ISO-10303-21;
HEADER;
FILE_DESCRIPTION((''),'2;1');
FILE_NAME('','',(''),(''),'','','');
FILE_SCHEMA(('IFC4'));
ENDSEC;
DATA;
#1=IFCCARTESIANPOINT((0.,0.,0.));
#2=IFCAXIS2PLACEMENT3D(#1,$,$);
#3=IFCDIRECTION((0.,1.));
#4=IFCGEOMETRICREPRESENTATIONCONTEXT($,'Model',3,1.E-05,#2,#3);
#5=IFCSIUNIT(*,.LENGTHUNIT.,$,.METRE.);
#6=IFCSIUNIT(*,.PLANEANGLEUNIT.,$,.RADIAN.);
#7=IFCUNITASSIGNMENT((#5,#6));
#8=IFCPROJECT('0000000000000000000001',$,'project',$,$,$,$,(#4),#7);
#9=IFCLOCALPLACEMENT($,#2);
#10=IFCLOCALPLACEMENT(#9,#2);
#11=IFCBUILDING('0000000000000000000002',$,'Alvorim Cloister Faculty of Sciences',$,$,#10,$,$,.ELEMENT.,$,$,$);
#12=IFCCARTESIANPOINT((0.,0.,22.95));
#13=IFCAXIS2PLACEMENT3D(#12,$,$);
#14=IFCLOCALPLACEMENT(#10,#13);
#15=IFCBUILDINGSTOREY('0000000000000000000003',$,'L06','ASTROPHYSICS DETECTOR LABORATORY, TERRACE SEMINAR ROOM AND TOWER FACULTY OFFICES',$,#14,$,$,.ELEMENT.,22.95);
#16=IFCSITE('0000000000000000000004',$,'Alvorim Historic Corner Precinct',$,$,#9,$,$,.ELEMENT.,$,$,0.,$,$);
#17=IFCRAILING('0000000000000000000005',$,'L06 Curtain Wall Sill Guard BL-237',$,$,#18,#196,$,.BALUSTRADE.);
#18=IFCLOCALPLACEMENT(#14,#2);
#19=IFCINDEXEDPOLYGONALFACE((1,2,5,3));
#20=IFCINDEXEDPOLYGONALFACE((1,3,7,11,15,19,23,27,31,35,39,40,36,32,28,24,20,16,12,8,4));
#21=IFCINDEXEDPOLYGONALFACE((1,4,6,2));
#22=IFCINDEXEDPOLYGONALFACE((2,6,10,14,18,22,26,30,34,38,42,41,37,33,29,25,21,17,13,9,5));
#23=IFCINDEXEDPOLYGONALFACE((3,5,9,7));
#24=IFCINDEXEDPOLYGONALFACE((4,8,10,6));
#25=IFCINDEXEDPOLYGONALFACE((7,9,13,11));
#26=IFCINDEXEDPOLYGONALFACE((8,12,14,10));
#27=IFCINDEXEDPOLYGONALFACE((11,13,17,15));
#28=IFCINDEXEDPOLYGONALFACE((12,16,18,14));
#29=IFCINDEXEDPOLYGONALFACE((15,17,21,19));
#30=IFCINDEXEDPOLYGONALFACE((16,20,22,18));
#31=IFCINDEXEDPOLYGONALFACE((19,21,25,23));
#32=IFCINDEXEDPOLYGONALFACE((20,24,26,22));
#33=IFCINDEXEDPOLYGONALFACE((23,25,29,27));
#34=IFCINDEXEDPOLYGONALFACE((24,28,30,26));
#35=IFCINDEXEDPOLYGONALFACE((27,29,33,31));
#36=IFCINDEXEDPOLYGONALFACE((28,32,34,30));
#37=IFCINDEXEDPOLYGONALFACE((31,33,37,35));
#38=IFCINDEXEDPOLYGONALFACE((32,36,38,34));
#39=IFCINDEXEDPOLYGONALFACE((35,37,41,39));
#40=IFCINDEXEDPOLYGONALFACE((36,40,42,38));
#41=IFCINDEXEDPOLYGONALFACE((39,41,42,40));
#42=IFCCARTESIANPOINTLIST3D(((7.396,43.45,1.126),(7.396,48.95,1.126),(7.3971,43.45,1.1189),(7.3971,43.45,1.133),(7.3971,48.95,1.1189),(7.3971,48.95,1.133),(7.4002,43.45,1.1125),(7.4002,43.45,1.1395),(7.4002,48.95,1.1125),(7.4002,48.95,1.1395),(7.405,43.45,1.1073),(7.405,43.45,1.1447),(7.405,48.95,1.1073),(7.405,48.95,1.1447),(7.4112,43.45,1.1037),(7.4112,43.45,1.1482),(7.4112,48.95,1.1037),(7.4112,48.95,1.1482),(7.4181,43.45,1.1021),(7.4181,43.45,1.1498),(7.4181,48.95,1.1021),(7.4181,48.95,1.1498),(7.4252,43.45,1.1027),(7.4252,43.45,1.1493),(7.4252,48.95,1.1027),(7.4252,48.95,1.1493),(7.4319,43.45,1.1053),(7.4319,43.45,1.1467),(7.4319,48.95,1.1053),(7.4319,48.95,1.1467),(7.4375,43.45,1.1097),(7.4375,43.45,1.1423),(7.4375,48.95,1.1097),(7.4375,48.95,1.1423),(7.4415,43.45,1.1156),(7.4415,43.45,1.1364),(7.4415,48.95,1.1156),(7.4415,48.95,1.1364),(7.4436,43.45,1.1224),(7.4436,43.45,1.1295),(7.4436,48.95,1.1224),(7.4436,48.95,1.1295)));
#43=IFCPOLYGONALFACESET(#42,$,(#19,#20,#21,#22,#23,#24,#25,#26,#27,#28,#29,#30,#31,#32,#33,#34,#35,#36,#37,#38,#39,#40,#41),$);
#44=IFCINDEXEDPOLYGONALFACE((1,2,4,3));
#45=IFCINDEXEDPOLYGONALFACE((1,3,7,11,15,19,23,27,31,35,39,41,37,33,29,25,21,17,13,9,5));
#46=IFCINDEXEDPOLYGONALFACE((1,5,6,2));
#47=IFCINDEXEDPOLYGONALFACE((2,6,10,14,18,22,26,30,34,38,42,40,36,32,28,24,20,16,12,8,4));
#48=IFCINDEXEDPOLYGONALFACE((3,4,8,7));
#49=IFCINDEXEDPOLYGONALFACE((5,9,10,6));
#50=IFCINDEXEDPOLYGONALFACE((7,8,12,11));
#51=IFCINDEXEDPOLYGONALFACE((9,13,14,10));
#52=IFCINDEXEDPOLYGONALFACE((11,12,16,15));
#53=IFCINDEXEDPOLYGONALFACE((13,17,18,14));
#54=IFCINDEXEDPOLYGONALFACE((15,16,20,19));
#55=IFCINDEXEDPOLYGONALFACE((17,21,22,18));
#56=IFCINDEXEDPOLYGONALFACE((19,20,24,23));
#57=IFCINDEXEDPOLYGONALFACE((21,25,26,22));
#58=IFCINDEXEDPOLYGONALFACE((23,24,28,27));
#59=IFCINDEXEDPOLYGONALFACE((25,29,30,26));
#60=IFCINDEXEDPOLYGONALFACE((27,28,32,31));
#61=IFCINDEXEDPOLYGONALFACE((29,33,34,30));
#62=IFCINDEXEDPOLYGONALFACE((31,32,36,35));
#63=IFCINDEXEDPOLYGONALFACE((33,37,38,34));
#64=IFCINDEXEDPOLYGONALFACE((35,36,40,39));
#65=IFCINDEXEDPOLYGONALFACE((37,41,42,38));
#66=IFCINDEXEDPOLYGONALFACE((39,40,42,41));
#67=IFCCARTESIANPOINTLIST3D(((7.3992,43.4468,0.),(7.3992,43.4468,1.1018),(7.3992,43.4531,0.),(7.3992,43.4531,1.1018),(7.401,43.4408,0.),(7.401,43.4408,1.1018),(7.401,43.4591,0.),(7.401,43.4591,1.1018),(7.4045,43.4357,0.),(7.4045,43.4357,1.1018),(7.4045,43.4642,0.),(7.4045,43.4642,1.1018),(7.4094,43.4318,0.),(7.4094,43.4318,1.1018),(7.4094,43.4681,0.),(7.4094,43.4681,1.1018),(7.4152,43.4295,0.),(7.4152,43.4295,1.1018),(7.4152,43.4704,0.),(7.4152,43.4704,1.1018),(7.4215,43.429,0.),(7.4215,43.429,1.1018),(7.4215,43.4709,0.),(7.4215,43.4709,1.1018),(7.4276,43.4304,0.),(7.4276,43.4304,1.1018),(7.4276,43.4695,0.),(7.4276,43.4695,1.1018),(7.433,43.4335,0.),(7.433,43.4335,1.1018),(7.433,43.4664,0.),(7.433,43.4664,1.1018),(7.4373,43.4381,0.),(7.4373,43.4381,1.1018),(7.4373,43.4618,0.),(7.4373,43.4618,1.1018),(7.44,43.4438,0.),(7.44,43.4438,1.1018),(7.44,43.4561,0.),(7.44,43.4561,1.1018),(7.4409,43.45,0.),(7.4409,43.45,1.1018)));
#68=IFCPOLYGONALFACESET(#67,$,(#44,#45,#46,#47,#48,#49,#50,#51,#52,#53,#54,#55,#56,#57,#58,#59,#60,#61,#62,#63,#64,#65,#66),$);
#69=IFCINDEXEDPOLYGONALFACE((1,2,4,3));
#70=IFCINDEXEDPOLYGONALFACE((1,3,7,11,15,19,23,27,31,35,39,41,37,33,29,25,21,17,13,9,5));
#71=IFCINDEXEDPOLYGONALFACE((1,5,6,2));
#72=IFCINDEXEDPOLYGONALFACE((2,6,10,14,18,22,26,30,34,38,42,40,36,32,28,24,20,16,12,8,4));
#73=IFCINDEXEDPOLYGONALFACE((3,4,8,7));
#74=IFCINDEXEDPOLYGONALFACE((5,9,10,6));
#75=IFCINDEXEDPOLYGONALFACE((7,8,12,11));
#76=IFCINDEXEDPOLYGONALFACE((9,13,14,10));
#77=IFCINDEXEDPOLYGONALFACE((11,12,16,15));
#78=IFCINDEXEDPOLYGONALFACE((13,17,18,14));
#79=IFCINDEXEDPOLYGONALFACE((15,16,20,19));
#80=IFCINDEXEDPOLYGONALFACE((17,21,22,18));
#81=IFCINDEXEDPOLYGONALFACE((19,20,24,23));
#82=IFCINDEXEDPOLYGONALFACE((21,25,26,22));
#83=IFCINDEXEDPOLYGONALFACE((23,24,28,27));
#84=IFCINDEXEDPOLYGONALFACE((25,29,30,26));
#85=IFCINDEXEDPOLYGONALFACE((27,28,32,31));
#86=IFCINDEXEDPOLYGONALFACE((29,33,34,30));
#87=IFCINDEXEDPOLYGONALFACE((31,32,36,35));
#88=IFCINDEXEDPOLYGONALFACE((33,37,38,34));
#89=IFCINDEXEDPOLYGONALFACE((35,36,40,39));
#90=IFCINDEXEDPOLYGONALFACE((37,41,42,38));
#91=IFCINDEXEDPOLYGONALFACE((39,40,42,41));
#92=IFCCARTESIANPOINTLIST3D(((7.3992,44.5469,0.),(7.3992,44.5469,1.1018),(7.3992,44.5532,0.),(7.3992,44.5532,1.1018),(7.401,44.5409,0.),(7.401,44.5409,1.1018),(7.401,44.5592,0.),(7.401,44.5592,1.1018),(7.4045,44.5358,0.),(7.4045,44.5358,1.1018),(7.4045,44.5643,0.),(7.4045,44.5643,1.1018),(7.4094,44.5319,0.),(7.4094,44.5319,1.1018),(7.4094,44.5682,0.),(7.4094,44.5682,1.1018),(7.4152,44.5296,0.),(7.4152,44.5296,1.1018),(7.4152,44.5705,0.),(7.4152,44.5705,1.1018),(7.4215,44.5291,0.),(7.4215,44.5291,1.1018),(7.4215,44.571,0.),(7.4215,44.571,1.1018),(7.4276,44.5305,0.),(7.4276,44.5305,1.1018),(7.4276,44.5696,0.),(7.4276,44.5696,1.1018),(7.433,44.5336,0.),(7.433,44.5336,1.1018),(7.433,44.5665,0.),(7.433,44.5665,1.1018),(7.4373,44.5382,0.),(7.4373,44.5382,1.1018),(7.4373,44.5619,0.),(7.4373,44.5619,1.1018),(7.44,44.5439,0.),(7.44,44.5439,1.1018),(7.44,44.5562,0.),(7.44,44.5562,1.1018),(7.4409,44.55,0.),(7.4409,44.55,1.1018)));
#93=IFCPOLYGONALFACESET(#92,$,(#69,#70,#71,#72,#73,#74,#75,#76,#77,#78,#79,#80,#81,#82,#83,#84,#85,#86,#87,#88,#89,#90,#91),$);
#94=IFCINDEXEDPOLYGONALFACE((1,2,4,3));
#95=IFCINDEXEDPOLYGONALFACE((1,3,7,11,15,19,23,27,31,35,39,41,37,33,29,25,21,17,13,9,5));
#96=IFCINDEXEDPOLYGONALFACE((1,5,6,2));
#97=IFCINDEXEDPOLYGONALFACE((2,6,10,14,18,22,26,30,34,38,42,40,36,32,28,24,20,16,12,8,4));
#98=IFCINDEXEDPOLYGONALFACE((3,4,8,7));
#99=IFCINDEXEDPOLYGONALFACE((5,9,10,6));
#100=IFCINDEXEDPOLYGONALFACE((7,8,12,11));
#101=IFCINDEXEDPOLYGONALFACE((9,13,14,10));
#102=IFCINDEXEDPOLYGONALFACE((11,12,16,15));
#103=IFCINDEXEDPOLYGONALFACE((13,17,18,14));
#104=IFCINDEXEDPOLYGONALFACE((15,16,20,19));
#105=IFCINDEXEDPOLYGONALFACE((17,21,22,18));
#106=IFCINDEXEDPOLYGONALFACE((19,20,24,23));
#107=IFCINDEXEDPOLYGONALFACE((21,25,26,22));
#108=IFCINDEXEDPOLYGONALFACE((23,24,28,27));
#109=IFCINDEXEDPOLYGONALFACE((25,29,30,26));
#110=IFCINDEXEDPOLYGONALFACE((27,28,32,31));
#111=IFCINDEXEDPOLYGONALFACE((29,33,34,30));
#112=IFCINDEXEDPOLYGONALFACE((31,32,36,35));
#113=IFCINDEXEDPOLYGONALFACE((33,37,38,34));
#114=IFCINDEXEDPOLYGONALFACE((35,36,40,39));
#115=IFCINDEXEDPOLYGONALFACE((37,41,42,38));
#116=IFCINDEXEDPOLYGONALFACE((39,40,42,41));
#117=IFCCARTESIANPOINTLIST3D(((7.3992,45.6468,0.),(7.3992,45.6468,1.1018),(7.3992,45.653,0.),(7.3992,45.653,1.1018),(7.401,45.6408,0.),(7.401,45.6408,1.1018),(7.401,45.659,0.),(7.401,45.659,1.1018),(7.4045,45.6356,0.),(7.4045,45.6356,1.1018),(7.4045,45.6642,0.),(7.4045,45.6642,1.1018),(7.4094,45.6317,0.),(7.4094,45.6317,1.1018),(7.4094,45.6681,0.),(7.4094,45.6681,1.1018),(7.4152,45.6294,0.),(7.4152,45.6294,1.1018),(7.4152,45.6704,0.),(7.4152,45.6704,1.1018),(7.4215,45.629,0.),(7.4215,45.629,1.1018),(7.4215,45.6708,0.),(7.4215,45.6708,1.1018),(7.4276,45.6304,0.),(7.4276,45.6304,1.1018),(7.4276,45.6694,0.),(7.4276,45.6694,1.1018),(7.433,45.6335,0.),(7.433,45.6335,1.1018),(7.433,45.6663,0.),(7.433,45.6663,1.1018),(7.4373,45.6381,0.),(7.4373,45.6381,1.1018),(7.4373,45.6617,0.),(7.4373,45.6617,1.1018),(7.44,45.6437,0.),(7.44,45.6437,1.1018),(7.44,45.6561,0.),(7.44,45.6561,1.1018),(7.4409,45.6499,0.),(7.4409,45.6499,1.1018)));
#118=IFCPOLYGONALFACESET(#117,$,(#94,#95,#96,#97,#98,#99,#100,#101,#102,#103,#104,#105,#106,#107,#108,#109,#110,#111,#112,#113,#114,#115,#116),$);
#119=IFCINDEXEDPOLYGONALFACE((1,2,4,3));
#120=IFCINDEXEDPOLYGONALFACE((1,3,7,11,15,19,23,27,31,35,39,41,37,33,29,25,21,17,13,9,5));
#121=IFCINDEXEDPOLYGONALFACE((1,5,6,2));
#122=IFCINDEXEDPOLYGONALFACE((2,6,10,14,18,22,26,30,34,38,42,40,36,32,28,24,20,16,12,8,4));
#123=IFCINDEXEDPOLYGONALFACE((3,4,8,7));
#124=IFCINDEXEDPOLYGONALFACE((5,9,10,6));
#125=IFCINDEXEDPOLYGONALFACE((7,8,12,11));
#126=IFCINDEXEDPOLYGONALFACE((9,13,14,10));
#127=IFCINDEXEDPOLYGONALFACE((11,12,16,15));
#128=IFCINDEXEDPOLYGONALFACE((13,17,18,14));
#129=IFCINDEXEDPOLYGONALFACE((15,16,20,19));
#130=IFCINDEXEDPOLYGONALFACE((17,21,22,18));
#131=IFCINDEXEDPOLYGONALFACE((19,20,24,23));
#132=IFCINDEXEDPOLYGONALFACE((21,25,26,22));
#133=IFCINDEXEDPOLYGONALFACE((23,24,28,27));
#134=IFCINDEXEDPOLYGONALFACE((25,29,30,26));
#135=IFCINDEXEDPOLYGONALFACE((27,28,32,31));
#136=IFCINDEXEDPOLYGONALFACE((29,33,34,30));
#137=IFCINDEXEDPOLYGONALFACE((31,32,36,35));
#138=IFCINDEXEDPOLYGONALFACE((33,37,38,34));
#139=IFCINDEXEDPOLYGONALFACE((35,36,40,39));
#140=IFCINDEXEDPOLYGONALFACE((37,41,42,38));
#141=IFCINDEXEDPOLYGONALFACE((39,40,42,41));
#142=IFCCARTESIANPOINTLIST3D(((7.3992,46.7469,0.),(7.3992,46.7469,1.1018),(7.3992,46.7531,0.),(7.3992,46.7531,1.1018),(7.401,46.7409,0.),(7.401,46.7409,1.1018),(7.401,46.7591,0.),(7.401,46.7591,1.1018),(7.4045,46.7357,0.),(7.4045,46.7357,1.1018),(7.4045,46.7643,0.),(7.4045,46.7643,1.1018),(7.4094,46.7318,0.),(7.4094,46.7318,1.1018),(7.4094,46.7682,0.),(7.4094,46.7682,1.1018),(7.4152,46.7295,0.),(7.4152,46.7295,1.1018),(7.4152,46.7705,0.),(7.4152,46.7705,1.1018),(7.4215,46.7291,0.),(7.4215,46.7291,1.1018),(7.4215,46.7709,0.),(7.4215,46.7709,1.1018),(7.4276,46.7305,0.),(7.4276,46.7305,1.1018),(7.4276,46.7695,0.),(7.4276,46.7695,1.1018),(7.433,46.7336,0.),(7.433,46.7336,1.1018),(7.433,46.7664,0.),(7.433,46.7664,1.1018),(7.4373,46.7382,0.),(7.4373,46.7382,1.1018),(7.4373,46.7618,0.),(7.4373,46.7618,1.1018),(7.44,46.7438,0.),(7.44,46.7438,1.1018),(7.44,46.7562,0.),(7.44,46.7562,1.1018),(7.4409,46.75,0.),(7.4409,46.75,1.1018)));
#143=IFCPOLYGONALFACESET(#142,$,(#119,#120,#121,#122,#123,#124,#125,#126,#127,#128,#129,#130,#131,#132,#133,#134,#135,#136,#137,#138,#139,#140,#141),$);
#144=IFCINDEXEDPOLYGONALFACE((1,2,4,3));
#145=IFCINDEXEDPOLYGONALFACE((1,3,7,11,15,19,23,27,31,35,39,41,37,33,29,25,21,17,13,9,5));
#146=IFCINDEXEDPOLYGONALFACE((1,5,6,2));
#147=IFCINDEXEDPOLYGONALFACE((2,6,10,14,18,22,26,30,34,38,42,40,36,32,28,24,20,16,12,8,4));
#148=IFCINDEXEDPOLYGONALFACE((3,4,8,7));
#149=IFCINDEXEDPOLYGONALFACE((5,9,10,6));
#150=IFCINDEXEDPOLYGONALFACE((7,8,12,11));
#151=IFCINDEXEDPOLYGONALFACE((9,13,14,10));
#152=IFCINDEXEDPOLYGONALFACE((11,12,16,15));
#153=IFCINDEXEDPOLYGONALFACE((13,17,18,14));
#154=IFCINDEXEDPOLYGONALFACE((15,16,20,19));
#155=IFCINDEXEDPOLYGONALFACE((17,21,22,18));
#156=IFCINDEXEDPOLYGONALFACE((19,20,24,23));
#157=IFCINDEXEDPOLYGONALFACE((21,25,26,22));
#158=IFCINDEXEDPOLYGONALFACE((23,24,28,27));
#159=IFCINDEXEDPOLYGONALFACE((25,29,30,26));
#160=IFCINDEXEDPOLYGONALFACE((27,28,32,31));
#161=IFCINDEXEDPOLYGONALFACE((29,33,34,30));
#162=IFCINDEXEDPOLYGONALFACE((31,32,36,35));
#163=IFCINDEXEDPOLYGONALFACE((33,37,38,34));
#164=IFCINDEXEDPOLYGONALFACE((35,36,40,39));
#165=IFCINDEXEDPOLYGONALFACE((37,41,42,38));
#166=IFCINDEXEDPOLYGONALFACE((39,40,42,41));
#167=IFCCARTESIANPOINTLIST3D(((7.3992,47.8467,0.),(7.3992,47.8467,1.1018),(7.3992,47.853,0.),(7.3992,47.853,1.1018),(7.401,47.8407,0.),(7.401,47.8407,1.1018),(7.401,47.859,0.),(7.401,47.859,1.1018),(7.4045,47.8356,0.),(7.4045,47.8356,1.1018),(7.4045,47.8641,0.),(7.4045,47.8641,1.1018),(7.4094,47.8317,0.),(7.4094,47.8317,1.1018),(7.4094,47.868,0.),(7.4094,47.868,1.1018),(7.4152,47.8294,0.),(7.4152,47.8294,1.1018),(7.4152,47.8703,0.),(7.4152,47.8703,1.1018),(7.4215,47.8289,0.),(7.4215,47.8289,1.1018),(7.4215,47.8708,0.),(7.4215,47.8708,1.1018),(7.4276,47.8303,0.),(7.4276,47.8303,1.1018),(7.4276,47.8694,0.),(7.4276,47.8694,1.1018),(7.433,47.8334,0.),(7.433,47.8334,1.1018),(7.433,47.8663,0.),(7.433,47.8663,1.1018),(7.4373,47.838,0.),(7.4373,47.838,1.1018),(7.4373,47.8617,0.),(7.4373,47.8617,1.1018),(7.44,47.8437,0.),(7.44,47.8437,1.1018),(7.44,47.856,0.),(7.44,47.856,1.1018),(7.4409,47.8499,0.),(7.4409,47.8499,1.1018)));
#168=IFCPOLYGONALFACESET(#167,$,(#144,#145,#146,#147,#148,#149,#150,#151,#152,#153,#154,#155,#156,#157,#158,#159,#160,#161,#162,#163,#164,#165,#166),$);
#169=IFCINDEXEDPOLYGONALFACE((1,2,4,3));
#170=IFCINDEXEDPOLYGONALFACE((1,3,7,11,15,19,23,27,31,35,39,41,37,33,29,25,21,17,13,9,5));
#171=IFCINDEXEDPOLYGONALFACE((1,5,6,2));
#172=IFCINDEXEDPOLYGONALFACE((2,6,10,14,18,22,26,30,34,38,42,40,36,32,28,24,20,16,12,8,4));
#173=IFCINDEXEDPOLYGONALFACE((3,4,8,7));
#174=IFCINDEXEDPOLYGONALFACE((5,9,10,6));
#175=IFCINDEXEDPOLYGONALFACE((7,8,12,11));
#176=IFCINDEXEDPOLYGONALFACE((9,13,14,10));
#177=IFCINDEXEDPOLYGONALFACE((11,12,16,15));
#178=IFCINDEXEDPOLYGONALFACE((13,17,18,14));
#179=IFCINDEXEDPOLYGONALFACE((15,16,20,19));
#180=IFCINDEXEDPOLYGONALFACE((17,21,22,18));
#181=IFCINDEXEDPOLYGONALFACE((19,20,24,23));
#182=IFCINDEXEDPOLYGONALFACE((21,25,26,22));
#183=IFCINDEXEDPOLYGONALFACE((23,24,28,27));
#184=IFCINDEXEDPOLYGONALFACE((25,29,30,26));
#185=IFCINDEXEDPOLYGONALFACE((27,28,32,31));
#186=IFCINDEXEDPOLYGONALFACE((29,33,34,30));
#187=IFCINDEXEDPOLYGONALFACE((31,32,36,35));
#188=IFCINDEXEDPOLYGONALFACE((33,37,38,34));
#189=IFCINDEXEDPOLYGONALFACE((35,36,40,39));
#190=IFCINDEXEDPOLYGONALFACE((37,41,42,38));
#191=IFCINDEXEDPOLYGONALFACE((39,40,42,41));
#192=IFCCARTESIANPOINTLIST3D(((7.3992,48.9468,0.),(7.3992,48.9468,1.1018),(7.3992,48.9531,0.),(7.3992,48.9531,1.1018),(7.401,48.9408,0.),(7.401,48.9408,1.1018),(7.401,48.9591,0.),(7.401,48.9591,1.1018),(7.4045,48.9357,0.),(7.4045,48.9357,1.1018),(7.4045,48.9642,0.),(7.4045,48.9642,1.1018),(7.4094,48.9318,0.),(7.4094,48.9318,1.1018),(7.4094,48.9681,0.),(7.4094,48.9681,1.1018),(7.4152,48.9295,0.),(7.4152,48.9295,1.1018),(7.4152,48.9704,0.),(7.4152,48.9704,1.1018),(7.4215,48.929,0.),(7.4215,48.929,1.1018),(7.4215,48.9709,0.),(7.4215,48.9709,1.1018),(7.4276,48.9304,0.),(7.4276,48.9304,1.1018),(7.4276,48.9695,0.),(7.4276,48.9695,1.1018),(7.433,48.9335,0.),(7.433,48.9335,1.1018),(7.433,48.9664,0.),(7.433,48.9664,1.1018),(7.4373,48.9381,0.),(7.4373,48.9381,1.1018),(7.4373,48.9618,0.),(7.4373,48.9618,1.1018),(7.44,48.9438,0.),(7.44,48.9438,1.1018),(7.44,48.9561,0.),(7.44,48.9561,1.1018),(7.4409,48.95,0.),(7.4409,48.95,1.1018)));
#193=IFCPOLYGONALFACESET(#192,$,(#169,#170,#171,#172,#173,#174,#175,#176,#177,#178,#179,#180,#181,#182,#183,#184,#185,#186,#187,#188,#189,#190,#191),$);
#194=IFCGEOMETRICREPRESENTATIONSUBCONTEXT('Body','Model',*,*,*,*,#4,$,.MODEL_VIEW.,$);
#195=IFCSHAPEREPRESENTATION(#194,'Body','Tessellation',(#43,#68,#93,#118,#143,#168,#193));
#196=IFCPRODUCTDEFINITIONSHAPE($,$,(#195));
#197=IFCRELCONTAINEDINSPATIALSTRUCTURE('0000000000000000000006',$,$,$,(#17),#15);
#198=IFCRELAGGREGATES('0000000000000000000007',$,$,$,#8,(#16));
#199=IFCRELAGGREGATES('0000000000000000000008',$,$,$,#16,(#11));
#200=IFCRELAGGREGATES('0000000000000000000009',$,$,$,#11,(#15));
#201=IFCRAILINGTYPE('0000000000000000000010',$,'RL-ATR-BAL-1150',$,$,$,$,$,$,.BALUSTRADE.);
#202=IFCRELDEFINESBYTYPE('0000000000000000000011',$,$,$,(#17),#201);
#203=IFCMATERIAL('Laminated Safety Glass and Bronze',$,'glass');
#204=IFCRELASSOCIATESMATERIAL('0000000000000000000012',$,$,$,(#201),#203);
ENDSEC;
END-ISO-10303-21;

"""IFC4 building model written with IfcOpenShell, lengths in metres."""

from ifc_helpers import new_model, si_unit, direction, frame, origin, origin_2d, place, context, subcontext, project, spatial, circle, extrude, material, type_object, element, save


model = new_model("IFC4")

# Units and contexts
model_context = context("Model", 3, precision=1e-05, world=origin(), true_north=direction((0.0, 1.0)))
body_context = subcontext(model_context, "Body", "Model", "MODEL_VIEW")
ifc_project = project(units=[si_unit("LENGTHUNIT", "METRE"), si_unit("PLANEANGLEUNIT", "RADIAN")], contexts=[model_context])

# Site, building, storey
site_placement = place(None, origin())
site = spatial("IfcSite", under=ifc_project, at=site_placement, Name="Alvorim Historic Corner Precinct", CompositionType="ELEMENT", RefElevation=0.0)
building_placement = place(site_placement, origin())
building = spatial("IfcBuilding", under=site, at=building_placement, Name="Alvorim Cloister Faculty of Sciences", CompositionType="ELEMENT")
storey_placement = place(building_placement, frame((0.0, 0.0, 22.95)))
storey = spatial("IfcBuildingStorey", under=building, at=storey_placement, Name="L06", Description="ASTROPHYSICS DETECTOR LABORATORY, TERRACE SEMINAR ROOM AND TOWER FACULTY OFFICES", CompositionType="ELEMENT", Elevation=22.95)

# Railing
ifc_material_1 = material(Name="Laminated Safety Glass and Bronze", Category="glass")
railing_type = type_object("IfcRailingType", Name="RL-ATR-BAL-1150", PredefinedType="BALUSTRADE", material=ifc_material_1)
railing_1_placement = place(storey_placement, frame((7.4199, 43.45, 0.0)))
element("IfcRailing", 1, at=railing_1_placement, inside=storey, type_object=railing_type, Name="L06 Curtain Wall Sill Guard BL-237", PredefinedType="BALUSTRADE", context=body_context, shape_type="SweptSolid", body=[
    extrude(circle(Radius=0.0239, at=origin_2d()), frame((0.0, 0.0, 1.126), z_axis=(0.0, 1.0, 0.0), x_axis=(-1.0, 0.0, 0.0)), (0.0, 0.0, 1.0), 5.5),
    extrude(circle(Radius=0.021, at=origin_2d()), origin(), (0.0, 0.0, 1.0), 1.1018),
    extrude(circle(Radius=0.021, at=origin_2d()), frame((0.0, 1.1001, 0.0)), (0.0, 0.0, 1.0), 1.1018),
    extrude(circle(Radius=0.021, at=origin_2d()), frame((0.0, 2.2, 0.0)), (0.0, 0.0, 1.0), 1.1018),
    extrude(circle(Radius=0.021, at=origin_2d()), frame((0.0, 3.3, 0.0)), (0.0, 0.0, 1.0), 1.1018),
    extrude(circle(Radius=0.021, at=origin_2d()), frame((0.0, 4.3999, 0.0)), (0.0, 0.0, 1.0), 1.1018),
    extrude(circle(Radius=0.021, at=origin_2d()), frame((0.0, 5.5, 0.0)), (0.0, 0.0, 1.0), 1.1018),
])

save(model, "model.ifc")
